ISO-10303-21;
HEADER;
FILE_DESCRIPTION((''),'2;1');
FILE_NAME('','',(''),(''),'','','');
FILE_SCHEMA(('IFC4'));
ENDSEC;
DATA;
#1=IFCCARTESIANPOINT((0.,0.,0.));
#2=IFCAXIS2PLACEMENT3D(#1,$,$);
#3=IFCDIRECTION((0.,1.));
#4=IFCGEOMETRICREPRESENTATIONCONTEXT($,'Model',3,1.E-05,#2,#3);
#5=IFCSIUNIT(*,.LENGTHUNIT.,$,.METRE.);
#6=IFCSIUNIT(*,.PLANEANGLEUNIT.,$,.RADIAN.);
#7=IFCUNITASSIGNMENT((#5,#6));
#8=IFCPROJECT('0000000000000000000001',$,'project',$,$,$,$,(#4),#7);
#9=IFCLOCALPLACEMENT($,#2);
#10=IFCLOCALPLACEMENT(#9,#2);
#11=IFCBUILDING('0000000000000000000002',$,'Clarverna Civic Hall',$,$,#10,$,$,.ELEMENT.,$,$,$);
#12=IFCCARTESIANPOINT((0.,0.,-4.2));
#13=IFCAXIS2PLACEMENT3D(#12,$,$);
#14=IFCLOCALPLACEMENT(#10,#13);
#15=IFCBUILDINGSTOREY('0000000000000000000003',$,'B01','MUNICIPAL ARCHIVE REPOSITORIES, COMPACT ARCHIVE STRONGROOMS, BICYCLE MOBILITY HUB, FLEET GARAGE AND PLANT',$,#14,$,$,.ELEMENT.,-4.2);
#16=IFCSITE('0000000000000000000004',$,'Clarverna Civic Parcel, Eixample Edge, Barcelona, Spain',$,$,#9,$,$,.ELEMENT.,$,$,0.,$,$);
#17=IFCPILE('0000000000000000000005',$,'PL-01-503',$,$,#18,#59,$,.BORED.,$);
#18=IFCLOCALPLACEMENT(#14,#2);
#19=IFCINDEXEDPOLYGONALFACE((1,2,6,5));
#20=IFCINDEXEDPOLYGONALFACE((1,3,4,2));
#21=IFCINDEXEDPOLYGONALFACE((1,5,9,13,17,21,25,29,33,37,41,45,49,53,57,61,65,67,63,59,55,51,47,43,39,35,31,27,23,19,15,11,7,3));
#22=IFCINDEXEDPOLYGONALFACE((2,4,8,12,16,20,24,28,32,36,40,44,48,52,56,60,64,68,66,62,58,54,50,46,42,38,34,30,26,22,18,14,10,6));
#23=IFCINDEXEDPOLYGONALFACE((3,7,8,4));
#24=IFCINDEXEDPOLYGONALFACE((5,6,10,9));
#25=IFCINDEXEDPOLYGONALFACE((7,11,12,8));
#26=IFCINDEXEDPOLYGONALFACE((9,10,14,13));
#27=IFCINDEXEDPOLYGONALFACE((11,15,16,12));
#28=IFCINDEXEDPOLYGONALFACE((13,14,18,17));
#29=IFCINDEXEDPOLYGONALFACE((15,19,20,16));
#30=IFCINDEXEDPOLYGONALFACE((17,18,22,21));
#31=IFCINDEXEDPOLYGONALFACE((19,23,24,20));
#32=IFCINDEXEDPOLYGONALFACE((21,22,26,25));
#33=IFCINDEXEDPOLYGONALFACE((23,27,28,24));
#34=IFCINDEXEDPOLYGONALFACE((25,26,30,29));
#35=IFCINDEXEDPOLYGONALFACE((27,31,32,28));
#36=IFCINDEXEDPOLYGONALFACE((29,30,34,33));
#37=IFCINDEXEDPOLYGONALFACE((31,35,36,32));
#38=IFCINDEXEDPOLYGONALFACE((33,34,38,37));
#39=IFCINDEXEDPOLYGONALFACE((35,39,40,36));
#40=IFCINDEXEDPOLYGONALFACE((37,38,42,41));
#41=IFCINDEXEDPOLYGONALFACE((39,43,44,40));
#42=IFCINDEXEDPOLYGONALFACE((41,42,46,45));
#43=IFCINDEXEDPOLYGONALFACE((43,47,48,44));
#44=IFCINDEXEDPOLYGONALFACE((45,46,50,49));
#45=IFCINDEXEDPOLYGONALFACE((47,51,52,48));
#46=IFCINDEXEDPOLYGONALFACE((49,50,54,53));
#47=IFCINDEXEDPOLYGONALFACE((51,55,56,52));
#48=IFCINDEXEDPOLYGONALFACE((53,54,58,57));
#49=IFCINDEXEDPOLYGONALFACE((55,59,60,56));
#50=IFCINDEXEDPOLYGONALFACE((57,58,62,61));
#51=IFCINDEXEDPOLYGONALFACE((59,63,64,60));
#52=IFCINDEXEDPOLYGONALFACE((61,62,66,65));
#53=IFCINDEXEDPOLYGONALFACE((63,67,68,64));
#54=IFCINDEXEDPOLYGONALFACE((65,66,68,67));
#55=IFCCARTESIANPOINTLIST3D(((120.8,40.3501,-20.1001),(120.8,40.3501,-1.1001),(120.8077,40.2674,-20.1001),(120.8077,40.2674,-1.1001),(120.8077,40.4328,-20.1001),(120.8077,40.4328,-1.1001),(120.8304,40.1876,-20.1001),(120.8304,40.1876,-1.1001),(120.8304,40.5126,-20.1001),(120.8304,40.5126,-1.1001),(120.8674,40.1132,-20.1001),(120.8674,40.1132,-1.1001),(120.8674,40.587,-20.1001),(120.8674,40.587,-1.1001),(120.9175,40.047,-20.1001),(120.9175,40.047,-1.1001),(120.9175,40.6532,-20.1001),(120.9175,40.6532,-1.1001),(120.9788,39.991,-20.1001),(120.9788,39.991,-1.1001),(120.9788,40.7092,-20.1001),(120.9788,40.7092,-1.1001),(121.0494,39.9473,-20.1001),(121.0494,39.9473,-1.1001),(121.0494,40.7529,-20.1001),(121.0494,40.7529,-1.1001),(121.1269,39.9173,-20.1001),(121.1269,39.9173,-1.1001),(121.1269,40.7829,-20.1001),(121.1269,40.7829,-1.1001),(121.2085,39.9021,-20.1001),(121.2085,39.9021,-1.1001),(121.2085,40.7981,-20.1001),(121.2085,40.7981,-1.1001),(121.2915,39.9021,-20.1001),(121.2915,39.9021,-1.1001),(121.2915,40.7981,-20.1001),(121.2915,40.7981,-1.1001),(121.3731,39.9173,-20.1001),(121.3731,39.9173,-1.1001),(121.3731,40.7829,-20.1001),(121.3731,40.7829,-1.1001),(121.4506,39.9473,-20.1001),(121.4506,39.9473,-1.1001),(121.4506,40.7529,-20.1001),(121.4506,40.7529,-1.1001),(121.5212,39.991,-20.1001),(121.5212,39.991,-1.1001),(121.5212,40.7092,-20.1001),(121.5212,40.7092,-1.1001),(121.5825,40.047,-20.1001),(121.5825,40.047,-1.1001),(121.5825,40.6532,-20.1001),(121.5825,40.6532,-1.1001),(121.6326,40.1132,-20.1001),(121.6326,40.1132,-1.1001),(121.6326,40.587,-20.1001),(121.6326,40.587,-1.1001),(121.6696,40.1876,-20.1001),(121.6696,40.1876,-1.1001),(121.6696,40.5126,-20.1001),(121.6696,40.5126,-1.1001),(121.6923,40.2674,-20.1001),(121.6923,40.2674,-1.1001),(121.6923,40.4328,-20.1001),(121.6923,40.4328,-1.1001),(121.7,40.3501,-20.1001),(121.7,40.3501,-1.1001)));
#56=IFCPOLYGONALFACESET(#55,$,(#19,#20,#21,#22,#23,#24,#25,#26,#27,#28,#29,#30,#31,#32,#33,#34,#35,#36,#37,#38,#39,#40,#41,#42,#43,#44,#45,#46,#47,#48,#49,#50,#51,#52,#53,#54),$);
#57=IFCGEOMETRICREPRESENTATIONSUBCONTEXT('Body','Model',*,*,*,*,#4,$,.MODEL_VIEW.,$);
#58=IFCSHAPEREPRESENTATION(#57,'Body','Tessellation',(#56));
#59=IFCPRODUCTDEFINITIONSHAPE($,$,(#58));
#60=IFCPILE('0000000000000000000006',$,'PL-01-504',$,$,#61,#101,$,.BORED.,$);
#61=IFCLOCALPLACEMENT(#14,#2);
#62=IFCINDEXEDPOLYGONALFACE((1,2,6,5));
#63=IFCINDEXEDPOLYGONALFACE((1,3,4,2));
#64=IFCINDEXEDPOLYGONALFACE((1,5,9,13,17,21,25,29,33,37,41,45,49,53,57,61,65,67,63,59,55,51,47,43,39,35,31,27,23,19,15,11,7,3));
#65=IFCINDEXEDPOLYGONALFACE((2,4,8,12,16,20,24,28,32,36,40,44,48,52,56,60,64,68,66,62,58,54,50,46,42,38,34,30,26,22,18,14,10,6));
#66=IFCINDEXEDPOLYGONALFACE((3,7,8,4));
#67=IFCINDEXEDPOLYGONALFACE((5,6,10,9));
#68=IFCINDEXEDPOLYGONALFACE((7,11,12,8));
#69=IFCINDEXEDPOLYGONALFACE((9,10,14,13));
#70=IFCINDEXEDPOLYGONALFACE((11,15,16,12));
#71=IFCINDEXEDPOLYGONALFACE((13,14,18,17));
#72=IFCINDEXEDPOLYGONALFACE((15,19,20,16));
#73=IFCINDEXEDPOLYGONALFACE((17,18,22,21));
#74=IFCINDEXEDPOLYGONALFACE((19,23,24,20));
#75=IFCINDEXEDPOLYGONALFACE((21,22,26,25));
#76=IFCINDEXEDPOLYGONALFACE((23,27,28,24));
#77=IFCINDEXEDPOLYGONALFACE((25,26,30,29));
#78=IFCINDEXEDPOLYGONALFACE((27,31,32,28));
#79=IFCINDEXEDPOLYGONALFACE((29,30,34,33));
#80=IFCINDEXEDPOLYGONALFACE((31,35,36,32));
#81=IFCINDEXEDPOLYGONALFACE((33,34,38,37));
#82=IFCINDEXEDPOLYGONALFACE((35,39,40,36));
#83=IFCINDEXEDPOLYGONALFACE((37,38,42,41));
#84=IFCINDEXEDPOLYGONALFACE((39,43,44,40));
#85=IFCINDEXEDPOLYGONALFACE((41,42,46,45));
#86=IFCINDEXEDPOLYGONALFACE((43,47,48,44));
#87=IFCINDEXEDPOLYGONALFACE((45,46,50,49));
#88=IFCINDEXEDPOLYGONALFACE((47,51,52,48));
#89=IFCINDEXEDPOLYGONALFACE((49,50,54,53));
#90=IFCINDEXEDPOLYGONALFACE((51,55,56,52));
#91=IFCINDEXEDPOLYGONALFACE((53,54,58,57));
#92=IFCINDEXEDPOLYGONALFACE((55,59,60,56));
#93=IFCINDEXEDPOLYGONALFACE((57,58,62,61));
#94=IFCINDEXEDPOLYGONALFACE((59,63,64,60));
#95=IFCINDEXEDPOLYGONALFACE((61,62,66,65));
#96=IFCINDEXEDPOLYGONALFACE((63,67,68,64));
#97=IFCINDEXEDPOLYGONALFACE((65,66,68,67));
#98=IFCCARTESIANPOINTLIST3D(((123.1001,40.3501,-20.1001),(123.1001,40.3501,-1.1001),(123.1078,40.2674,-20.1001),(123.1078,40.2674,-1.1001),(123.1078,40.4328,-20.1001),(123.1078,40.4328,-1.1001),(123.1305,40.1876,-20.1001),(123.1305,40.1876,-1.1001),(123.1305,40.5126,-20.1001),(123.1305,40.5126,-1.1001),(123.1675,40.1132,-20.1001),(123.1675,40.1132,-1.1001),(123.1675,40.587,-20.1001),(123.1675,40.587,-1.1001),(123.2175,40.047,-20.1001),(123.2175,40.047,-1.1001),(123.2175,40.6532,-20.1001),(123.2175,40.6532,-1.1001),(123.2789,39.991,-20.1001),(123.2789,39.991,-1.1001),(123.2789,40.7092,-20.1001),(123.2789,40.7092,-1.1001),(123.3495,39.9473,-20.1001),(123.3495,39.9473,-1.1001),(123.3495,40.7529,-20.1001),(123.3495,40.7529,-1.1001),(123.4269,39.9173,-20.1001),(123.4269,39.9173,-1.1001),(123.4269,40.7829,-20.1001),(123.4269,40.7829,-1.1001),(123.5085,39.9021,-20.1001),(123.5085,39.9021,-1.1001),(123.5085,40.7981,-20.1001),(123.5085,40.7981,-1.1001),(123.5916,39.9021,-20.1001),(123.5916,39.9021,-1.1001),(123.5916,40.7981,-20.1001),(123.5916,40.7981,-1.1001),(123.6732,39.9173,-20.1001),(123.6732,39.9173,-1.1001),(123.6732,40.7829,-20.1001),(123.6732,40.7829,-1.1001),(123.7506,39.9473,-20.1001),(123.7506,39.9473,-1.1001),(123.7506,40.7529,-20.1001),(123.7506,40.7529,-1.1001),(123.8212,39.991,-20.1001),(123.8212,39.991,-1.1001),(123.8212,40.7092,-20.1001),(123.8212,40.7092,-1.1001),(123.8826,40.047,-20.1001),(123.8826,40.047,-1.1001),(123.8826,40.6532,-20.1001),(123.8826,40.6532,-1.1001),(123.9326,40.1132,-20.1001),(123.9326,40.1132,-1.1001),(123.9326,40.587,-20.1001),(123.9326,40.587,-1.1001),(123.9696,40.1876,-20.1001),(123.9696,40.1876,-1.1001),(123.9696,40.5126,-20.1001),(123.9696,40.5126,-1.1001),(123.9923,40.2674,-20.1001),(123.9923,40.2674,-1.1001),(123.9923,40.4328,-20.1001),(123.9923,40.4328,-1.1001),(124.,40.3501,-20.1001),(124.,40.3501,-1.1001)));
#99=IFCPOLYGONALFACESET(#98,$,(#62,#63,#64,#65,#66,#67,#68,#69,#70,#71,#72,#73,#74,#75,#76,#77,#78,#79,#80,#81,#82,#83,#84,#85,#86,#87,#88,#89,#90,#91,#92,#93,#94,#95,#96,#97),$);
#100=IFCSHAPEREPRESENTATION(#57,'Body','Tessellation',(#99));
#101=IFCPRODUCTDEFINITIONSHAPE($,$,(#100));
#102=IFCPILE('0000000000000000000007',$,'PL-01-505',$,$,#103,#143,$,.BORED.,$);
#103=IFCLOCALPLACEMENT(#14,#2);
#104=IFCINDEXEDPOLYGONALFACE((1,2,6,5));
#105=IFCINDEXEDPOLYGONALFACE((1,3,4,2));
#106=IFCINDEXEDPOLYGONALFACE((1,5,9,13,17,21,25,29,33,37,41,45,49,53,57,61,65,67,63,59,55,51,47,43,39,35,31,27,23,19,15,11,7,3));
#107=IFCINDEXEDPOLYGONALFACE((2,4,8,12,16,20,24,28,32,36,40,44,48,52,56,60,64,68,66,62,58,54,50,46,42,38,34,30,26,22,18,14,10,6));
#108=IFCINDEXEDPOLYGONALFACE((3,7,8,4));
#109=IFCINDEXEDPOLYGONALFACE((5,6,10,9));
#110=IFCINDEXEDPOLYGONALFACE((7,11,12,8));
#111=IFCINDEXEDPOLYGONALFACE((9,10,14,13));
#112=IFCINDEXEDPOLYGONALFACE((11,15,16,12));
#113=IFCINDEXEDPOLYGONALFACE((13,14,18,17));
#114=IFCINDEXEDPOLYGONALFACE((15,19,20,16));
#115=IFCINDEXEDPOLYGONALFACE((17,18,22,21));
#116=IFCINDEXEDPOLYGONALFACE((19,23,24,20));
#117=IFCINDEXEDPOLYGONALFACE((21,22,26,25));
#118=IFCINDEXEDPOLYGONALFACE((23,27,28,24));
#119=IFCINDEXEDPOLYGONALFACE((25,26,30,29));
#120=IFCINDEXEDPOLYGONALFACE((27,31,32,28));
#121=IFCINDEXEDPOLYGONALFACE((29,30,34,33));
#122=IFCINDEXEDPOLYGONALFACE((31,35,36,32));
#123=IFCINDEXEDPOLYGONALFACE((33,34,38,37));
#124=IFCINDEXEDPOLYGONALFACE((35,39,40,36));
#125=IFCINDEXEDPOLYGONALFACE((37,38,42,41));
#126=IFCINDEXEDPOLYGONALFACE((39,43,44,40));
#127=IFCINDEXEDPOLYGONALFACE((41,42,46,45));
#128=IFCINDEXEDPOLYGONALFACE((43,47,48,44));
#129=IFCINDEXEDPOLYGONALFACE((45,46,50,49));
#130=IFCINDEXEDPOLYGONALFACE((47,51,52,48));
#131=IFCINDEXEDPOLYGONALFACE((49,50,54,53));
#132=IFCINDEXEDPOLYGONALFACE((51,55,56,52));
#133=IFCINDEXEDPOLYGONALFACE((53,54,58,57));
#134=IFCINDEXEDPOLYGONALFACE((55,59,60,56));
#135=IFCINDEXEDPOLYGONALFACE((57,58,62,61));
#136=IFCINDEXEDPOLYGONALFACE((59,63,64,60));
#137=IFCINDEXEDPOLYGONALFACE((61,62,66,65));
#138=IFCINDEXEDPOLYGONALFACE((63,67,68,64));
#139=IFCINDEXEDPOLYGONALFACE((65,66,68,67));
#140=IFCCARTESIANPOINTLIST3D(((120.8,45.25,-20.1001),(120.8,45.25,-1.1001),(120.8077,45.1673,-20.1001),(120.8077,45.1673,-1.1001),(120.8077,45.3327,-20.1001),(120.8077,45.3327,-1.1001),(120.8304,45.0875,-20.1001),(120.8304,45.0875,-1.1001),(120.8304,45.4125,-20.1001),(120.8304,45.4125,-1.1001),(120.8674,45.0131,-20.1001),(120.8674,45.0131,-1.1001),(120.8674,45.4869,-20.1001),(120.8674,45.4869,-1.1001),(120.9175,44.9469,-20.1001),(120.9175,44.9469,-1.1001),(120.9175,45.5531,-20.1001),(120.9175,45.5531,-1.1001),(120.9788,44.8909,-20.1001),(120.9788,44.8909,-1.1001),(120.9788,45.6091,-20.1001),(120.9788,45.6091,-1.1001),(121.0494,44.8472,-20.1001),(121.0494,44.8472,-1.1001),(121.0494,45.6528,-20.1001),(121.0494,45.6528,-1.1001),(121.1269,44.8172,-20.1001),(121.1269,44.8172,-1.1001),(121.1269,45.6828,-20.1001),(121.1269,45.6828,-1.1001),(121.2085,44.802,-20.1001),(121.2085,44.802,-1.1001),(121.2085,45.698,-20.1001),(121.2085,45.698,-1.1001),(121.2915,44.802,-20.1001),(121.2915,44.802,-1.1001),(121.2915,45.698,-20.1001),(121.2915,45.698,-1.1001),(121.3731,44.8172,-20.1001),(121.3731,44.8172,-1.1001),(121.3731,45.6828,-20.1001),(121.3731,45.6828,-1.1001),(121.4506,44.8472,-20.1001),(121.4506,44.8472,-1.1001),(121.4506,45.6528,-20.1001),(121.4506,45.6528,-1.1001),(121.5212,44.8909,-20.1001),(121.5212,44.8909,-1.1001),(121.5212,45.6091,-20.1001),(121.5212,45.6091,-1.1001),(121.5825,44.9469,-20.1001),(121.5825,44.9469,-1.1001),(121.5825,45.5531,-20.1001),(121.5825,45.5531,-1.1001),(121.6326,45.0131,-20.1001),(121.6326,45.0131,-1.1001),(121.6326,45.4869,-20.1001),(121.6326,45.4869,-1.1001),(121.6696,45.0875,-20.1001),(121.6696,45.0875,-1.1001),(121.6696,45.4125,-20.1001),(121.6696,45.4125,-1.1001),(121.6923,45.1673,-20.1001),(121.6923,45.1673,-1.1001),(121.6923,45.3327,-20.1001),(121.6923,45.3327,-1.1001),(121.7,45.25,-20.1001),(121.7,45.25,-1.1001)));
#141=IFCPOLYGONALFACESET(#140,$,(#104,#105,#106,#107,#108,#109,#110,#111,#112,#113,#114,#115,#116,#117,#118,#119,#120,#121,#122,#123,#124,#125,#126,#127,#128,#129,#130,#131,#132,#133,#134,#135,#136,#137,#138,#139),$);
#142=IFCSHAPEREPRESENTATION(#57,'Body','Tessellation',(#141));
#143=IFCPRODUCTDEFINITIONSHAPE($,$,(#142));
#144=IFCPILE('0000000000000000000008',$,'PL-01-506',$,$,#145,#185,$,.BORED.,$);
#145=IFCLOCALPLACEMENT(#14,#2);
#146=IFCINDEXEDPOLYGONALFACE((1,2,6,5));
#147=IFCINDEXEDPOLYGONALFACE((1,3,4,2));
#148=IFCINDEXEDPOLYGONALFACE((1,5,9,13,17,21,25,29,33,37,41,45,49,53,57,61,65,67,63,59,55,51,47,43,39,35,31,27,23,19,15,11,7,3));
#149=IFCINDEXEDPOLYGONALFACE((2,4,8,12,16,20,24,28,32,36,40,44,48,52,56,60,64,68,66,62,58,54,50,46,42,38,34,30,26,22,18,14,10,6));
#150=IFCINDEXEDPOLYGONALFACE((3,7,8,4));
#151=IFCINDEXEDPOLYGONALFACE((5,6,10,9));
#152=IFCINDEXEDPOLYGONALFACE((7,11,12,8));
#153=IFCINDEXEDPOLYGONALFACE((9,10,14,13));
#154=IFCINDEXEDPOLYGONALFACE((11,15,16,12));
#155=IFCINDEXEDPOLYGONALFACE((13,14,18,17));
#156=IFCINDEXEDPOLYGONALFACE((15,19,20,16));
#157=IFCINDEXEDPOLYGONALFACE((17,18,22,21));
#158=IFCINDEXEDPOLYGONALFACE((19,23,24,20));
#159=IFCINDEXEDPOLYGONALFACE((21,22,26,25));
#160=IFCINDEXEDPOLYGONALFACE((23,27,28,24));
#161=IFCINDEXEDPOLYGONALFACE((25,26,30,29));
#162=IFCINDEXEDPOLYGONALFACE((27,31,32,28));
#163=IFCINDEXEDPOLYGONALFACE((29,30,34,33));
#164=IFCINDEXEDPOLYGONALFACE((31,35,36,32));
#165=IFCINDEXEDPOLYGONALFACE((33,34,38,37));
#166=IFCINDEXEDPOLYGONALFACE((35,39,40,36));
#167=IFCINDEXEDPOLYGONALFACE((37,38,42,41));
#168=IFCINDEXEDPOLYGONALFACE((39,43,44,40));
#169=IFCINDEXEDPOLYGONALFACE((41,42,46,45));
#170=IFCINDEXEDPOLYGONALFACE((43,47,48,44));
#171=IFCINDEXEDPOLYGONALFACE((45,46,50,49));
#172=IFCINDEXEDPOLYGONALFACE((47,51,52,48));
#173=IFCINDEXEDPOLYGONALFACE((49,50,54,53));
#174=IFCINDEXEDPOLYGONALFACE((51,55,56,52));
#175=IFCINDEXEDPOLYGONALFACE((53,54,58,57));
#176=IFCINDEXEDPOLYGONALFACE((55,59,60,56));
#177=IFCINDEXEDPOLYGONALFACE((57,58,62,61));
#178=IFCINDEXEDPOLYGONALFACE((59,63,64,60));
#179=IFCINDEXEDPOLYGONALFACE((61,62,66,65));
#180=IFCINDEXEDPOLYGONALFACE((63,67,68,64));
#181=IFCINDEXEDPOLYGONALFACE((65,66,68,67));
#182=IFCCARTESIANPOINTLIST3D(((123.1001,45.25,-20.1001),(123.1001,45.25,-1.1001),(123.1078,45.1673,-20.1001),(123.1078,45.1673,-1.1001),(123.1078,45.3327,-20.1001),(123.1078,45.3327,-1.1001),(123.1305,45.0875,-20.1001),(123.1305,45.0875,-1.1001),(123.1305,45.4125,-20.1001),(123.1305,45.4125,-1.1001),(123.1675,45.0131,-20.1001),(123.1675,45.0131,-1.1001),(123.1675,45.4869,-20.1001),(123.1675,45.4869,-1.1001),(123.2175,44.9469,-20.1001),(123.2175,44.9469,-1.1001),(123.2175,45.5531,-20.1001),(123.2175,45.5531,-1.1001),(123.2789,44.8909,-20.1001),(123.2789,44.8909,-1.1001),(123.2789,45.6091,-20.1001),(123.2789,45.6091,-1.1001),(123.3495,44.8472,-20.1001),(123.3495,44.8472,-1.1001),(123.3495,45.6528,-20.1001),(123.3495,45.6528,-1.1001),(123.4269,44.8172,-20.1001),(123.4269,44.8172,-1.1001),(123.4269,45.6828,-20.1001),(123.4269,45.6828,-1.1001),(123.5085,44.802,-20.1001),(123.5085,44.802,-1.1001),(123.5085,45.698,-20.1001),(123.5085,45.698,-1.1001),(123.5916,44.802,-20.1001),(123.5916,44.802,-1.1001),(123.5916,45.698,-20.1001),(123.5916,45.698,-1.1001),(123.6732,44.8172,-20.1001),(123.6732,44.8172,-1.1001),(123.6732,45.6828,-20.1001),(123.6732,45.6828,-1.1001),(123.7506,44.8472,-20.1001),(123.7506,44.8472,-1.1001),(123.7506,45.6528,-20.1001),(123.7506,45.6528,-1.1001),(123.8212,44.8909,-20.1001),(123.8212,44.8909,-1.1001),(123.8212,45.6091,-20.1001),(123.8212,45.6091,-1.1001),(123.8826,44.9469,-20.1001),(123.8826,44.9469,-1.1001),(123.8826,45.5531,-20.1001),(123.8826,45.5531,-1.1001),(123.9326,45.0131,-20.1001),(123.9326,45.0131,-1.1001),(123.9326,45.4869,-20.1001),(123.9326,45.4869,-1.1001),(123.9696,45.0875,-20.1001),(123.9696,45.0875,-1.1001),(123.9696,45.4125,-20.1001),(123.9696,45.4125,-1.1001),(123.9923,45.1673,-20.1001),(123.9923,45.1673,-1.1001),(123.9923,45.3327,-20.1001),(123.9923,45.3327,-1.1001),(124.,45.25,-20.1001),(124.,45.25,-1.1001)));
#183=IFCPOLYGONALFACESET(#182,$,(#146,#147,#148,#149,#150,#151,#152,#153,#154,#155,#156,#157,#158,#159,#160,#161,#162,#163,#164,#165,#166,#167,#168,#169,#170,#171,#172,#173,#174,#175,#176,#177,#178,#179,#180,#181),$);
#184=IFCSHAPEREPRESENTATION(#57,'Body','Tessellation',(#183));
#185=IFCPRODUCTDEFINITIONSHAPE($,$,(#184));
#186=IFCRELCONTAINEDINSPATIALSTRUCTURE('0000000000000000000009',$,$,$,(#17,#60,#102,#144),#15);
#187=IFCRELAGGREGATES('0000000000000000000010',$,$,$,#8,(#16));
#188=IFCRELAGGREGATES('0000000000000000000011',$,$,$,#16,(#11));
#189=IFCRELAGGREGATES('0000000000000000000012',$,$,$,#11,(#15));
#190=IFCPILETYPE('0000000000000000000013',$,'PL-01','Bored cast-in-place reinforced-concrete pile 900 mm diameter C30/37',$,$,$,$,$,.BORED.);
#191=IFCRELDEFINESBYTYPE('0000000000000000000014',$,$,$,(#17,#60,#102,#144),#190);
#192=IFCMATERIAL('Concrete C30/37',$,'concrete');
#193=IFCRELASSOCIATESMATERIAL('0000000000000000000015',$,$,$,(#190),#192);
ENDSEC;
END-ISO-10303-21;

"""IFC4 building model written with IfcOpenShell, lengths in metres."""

from ifc_helpers import new_model, si_unit, direction, frame, origin, origin_2d, place, context, subcontext, project, spatial, circle, extrude, material, material_profile, profile_set, type_object, element, save


model = new_model("IFC4")

# Units and contexts
model_context = context("Model", 3, precision=1e-05, world=origin(), true_north=direction((0.0, 1.0)))
body_context = subcontext(model_context, "Body", "Model", "MODEL_VIEW")
ifc_project = project(units=[si_unit("LENGTHUNIT", "METRE"), si_unit("PLANEANGLEUNIT", "RADIAN")], contexts=[model_context])

# Site, building, storey
site_placement = place(None, origin())
site = spatial("IfcSite", under=ifc_project, at=site_placement, Name="Clarverna Civic Parcel, Eixample Edge, Barcelona, Spain", CompositionType="ELEMENT", RefElevation=0.0)
building_placement = place(site_placement, origin())
building = spatial("IfcBuilding", under=site, at=building_placement, Name="Clarverna Civic Hall", CompositionType="ELEMENT")
storey_placement = place(building_placement, frame((0.0, 0.0, -4.2)))
storey = spatial("IfcBuildingStorey", under=building, at=storey_placement, Name="B01", Description="MUNICIPAL ARCHIVE REPOSITORIES, COMPACT ARCHIVE STRONGROOMS, BICYCLE MOBILITY HUB, FLEET GARAGE AND PLANT", CompositionType="ELEMENT", Elevation=-4.2)

# Shared definitions
ifc_material_1 = material(Name="Concrete C30/37", Category="concrete")

# Piles
ifc_material_profile_1 = material_profile(ifc_material_1, circle(Radius=0.45, at=origin_2d()), Name="BORED PILE D900")
ifc_profile_set_1 = profile_set([ifc_material_profile_1], Name="Concrete C30/37")
pile_type = type_object("IfcPileType", Name="PL-01", Description="Bored cast-in-place reinforced-concrete pile 900 mm diameter C30/37", PredefinedType="BORED", material=ifc_profile_set_1)
for number, where, z_axis, x_axis, name in (
    (1, (121.25, 40.3501, -1.1001), (0.0, 0.0, -1.0), (1.0, 0.0, 0.0), "PL-01-503"),
    (2, (123.55, 40.3501, -1.1001), (0.0, 0.0, -1.0), (1.0, 0.0, 0.0), "PL-01-504"),
    (3, (121.25, 45.25, -1.1001), (0.0, 0.0, -1.0), (1.0, 0.0, 0.0), "PL-01-505"),
    (4, (123.55, 45.25, -1.1001), (0.0, 0.0, -1.0), (1.0, 0.0, 0.0), "PL-01-506"),
):
    element("IfcPile", number, at=place(storey_placement, frame(where, z_axis=z_axis, x_axis=x_axis)), inside=storey, type_object=pile_type, Name=name, PredefinedType="BORED", context=body_context, shape_type="SweptSolid", body=[
        extrude(circle(Radius=0.45, at=origin_2d()), origin(), (0.0, 0.0, 1.0), 19.0),
    ])

save(model, "model.ifc")
